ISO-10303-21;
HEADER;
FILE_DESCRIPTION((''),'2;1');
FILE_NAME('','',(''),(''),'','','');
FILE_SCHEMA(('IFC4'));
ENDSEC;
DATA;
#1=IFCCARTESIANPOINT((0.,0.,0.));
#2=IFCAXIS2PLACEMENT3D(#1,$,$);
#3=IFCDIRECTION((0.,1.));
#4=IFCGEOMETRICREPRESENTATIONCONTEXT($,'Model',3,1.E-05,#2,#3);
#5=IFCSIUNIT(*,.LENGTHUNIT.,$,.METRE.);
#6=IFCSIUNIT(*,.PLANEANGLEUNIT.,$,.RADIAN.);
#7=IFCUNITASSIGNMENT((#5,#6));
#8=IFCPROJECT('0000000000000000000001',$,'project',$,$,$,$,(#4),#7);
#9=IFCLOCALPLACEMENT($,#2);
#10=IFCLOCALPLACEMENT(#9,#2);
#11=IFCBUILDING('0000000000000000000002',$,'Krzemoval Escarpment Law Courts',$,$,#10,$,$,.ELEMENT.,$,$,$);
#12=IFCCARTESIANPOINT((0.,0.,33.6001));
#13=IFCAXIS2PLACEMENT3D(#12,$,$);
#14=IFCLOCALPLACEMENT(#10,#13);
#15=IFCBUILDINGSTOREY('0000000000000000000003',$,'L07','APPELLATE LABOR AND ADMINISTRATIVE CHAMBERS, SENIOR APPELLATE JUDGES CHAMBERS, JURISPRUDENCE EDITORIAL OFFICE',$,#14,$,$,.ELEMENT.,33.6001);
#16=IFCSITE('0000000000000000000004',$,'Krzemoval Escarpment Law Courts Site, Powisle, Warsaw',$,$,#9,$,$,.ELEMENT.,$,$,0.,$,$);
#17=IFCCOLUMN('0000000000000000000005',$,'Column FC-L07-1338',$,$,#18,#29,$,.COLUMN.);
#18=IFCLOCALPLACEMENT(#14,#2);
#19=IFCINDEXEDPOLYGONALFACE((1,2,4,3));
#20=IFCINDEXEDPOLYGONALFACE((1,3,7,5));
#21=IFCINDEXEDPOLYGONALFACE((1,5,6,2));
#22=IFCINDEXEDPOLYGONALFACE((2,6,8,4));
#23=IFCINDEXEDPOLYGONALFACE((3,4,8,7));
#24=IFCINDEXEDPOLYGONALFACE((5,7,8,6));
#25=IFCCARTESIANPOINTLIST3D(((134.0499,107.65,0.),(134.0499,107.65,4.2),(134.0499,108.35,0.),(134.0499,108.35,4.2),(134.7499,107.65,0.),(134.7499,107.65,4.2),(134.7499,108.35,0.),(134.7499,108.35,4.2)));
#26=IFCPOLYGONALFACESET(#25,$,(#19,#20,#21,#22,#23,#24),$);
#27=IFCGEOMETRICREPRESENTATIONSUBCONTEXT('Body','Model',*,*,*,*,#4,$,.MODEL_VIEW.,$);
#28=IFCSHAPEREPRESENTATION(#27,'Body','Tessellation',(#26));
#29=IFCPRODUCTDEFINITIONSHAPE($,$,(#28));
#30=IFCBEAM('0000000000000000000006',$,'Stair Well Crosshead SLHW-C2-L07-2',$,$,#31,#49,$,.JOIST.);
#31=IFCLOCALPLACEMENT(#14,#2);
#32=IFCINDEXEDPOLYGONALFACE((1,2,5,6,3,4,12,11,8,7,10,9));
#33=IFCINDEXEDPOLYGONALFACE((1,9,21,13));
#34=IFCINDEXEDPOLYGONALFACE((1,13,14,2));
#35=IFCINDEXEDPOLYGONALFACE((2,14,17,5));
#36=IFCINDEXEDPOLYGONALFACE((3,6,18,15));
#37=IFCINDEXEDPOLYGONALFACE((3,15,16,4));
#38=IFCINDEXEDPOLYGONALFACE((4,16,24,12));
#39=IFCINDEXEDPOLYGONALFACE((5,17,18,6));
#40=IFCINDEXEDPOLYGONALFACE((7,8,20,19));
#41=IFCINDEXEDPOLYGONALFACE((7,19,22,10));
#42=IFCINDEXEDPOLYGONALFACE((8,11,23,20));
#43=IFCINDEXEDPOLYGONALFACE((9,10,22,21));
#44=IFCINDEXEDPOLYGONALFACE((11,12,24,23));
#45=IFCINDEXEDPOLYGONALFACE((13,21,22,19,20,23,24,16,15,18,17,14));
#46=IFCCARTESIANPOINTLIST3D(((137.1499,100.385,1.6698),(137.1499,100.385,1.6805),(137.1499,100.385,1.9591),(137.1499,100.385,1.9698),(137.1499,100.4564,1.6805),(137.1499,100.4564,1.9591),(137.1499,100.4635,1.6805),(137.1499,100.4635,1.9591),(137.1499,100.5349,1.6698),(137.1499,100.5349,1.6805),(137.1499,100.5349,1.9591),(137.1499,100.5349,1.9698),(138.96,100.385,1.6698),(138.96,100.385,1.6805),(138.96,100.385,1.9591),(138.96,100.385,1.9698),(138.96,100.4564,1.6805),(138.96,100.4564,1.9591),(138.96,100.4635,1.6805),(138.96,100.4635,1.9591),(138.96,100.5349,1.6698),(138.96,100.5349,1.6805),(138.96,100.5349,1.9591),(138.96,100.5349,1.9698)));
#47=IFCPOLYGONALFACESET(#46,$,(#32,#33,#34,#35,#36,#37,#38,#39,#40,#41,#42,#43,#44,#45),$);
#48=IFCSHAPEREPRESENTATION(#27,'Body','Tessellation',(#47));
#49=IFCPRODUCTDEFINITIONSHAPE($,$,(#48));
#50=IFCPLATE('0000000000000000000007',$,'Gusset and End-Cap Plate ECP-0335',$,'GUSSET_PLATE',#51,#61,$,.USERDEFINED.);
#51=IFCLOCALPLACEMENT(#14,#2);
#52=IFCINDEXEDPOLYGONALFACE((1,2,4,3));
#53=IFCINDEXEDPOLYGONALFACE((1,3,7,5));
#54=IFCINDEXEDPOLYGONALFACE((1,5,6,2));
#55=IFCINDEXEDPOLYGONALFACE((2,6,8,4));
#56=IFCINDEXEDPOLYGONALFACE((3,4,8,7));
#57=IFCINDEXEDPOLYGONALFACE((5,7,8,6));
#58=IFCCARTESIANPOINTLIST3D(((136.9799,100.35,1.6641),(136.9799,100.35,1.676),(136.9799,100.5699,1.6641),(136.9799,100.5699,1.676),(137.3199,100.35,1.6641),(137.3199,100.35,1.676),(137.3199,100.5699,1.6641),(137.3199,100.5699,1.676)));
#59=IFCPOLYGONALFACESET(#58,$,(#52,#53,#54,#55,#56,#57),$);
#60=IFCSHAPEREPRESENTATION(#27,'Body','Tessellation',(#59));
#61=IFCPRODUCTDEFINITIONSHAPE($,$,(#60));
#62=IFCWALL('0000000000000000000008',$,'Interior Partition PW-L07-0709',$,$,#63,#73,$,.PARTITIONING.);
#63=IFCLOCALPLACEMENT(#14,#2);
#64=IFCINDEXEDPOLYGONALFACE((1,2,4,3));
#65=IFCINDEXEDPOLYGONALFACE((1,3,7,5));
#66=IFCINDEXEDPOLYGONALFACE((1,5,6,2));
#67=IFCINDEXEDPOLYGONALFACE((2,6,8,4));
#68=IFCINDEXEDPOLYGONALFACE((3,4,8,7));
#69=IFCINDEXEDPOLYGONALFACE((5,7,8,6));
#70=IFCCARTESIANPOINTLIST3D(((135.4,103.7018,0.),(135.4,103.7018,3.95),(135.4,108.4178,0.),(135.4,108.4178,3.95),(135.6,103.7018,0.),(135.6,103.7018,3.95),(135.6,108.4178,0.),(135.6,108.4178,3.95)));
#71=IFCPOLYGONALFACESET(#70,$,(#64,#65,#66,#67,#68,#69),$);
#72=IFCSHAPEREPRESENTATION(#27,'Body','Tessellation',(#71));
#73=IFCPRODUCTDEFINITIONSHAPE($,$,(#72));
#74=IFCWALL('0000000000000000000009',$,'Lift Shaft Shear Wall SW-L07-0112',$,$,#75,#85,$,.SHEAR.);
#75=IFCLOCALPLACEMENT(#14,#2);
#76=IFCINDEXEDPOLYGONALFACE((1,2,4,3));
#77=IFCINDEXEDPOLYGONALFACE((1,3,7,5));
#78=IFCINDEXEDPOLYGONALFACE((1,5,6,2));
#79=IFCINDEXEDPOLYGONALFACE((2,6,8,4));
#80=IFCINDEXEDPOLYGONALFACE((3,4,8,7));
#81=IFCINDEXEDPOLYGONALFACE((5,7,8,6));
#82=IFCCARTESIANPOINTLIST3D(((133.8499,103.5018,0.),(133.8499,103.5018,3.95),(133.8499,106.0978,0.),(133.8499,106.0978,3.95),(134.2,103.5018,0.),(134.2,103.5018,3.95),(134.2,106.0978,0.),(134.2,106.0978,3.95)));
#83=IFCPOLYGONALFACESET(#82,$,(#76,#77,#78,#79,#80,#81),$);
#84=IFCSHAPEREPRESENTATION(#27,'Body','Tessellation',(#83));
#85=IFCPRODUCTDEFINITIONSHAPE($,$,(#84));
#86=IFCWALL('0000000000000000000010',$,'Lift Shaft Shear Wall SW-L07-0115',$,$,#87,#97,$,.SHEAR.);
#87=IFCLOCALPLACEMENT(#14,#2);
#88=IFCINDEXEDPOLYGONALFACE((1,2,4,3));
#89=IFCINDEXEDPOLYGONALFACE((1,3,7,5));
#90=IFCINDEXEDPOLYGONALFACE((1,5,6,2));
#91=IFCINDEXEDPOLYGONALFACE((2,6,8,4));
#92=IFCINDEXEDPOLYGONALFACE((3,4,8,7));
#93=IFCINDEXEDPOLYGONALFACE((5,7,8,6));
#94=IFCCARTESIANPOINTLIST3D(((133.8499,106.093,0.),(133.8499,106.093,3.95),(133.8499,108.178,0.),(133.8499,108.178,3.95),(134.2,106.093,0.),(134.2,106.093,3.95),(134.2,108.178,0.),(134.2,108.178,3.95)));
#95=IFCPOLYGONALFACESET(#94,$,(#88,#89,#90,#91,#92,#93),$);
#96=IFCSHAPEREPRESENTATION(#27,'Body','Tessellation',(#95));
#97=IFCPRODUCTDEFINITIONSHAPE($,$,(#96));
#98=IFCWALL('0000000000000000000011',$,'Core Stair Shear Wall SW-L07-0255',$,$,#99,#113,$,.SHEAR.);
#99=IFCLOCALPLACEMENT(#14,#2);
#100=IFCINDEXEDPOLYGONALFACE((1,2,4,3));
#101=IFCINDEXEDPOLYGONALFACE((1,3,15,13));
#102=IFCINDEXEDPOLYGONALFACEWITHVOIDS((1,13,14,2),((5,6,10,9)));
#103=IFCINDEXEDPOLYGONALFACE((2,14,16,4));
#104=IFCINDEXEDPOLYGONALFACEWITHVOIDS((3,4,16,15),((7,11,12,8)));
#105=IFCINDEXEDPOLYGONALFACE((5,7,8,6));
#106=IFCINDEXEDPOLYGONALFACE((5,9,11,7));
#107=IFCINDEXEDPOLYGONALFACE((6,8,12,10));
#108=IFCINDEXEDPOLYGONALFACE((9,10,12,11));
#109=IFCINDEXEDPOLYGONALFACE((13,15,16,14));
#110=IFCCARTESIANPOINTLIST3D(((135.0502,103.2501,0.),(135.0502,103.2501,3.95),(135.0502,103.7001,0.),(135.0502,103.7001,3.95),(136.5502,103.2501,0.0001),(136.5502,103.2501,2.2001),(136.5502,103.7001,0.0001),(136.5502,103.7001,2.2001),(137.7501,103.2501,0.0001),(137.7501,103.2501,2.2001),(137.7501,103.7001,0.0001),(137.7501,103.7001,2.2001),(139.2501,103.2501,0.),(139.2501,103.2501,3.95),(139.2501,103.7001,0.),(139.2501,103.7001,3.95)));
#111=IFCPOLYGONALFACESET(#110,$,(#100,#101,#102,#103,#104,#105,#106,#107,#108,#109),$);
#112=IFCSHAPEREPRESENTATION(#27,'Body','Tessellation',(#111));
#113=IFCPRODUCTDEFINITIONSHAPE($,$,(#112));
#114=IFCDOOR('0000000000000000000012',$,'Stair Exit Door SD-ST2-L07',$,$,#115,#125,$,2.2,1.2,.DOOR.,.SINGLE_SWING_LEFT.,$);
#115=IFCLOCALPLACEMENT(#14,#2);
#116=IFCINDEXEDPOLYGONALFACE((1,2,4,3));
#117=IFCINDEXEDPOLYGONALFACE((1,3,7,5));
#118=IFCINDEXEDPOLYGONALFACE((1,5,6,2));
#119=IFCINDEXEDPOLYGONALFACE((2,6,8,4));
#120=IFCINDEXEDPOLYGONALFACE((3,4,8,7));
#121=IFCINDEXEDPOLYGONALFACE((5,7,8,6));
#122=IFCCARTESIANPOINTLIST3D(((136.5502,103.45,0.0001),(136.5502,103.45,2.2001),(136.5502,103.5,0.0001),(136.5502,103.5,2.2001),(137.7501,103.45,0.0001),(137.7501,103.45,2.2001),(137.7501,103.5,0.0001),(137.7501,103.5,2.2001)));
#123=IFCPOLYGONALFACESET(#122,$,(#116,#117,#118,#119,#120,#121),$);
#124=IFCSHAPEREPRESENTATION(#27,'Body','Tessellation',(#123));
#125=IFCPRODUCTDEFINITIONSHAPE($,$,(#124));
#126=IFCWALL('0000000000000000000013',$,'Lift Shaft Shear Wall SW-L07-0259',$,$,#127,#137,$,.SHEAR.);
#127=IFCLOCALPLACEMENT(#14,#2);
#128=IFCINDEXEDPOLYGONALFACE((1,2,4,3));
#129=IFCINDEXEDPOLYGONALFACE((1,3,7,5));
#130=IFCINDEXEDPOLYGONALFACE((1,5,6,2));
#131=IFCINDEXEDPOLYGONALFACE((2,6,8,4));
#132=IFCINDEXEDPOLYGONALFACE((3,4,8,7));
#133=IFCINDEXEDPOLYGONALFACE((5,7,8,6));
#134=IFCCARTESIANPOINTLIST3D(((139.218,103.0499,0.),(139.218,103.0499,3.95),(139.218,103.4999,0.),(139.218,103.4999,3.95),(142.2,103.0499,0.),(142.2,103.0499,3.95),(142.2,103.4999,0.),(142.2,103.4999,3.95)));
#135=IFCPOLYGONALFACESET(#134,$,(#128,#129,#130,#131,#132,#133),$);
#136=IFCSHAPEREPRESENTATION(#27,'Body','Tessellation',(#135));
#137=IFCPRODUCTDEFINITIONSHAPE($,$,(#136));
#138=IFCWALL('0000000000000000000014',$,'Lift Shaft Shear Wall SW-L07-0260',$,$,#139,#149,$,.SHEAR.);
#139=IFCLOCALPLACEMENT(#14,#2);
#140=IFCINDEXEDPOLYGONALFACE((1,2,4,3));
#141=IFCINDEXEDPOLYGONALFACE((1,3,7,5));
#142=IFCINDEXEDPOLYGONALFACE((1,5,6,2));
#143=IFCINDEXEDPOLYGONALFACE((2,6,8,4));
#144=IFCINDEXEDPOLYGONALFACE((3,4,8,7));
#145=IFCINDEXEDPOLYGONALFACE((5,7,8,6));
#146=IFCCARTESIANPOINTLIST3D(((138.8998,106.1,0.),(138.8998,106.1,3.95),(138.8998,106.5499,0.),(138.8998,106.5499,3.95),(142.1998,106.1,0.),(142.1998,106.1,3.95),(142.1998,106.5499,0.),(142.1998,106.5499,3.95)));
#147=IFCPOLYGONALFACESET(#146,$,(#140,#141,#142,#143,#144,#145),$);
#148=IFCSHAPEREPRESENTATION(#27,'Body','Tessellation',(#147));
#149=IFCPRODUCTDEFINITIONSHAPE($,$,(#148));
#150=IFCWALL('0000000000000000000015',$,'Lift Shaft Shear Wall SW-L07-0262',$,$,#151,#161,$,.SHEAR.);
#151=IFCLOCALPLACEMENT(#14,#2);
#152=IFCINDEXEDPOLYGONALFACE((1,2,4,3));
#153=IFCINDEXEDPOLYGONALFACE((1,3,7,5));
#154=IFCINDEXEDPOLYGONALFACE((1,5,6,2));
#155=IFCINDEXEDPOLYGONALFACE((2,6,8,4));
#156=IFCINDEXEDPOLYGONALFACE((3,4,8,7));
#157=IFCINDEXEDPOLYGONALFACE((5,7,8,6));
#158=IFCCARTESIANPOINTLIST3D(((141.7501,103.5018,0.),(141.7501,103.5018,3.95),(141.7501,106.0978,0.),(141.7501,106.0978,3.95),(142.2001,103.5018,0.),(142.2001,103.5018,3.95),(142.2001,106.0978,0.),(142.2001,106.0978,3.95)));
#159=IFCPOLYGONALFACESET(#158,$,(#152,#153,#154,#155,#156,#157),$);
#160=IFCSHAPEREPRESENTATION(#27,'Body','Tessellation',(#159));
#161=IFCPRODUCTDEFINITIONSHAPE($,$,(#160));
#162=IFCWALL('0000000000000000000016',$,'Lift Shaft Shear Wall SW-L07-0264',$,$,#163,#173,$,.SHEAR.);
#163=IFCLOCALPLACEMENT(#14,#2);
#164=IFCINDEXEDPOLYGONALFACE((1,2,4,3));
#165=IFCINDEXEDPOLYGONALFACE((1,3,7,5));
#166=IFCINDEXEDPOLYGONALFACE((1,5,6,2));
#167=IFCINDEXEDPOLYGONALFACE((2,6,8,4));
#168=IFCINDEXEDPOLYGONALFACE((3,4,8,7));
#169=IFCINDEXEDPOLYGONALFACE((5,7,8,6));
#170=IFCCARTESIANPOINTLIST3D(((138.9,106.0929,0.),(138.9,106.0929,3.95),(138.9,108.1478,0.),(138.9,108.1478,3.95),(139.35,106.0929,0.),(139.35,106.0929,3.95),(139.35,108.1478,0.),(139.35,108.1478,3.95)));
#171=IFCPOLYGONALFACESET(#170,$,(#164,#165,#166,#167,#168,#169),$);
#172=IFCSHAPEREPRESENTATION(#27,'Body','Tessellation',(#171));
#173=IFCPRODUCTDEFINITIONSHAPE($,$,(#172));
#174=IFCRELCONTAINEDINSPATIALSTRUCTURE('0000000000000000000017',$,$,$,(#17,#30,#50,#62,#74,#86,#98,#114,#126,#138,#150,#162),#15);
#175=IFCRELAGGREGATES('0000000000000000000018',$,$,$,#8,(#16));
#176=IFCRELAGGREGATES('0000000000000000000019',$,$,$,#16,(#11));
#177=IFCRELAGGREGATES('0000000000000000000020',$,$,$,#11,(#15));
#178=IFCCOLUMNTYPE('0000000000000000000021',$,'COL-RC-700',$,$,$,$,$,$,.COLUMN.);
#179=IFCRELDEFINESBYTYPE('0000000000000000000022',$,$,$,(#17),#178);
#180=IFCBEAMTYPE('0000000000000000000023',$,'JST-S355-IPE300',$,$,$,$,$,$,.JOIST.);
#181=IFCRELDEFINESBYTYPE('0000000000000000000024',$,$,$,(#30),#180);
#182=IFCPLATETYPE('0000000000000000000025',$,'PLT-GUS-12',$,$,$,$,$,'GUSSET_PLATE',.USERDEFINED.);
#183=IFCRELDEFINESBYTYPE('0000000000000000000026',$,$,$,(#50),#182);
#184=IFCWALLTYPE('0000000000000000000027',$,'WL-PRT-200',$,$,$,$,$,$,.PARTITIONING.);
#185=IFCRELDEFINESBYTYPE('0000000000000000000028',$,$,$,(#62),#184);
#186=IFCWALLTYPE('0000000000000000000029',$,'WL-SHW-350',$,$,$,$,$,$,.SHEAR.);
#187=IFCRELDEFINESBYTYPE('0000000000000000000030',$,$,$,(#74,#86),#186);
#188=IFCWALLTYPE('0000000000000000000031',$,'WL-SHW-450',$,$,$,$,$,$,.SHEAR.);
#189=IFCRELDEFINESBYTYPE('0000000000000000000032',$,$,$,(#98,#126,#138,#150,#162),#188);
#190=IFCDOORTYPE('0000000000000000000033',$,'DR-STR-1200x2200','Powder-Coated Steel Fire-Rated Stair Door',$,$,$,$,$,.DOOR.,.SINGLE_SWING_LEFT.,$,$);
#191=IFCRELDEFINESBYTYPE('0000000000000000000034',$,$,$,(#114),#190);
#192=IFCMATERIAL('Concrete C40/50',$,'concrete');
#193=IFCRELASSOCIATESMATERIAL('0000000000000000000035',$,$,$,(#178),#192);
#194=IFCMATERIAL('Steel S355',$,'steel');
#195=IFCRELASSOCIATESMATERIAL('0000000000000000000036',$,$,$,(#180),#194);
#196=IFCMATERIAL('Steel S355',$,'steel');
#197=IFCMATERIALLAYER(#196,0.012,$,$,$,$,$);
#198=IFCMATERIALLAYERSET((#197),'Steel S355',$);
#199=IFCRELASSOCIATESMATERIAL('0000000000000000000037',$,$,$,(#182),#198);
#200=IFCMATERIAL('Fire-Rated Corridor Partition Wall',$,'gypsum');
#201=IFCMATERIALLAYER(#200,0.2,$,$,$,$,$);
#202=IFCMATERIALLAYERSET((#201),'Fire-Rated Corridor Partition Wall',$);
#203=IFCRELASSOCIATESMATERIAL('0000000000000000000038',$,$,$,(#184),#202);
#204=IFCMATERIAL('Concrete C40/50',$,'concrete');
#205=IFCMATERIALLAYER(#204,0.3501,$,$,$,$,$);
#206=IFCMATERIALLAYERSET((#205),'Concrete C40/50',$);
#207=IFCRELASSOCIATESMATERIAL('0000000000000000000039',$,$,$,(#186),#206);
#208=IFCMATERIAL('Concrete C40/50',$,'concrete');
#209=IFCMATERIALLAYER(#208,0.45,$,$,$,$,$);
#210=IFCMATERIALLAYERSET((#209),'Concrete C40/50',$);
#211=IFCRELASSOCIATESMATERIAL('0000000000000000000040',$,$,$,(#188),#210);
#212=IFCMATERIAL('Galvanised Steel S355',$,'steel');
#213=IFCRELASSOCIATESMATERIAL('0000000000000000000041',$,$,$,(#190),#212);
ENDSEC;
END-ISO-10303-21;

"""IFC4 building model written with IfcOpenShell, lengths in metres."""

from ifc_helpers import new_model, si_unit, direction, frame, frame_2d, origin, origin_2d, place, context, subcontext, project, spatial, rectangle, i_section, extrude, material, layer, layer_set, material_profile, profile_set, type_object, element, fill, save


model = new_model("IFC4")

# Units and contexts
model_context = context("Model", 3, precision=1e-05, world=origin(), true_north=direction((0.0, 1.0)))
body_context = subcontext(model_context, "Body", "Model", "MODEL_VIEW")
ifc_project = project(units=[si_unit("LENGTHUNIT", "METRE"), si_unit("PLANEANGLEUNIT", "RADIAN")], contexts=[model_context])

# Site, building, storey
site_placement = place(None, origin())
site = spatial("IfcSite", under=ifc_project, at=site_placement, Name="Krzemoval Escarpment Law Courts Site, Powisle, Warsaw", CompositionType="ELEMENT", RefElevation=0.0)
building_placement = place(site_placement, origin())
building = spatial("IfcBuilding", under=site, at=building_placement, Name="Krzemoval Escarpment Law Courts", CompositionType="ELEMENT")
storey_placement = place(building_placement, frame((0.0, 0.0, 33.6001)))
storey = spatial("IfcBuildingStorey", under=building, at=storey_placement, Name="L07", Description="APPELLATE LABOR AND ADMINISTRATIVE CHAMBERS, SENIOR APPELLATE JUDGES CHAMBERS, JURISPRUDENCE EDITORIAL OFFICE", CompositionType="ELEMENT", Elevation=33.6001)

# Column
ifc_material_1 = material(Name="Concrete C40/50", Category="concrete")
ifc_material_profile_1 = material_profile(ifc_material_1, rectangle(XDim=0.7, YDim=0.7, at=origin_2d()), Name="RC 700x700")
ifc_profile_set_1 = profile_set([ifc_material_profile_1], Name="Concrete C40/50")
column_type = type_object("IfcColumnType", Name="COL-RC-700", PredefinedType="COLUMN", material=ifc_profile_set_1)
column_placement = place(storey_placement, frame((134.3999, 108.0, 0.0), z_axis=(0.0, 0.0, 1.0), x_axis=(1.0, 0.0, 0.0)))
element("IfcColumn", 1, at=column_placement, inside=storey, type_object=column_type, Name="Column FC-L07-1338", PredefinedType="COLUMN", context=body_context, shape_type="SweptSolid", body=[
    extrude(rectangle(XDim=0.7, YDim=0.7, at=origin_2d()), origin(), (0.0, 0.0, 1.0), 4.2),
])

# Beam
ifc_material_2 = material(Name="Steel S355", Category="steel")
ifc_material_profile_2 = material_profile(ifc_material_2, i_section(OverallWidth=0.1499, OverallDepth=0.3, WebThickness=0.0071, FlangeThickness=0.0107, at=origin_2d()), Name="IPE 300")
ifc_profile_set_2 = profile_set([ifc_material_profile_2], Name="Steel S355")
beam_type = type_object("IfcBeamType", Name="JST-S355-IPE300", PredefinedType="JOIST", material=ifc_profile_set_2)
beam_placement = place(storey_placement, frame((137.1499, 100.46, 1.8198), z_axis=(1.0, 0.0, 0.0), x_axis=(0.0, 1.0, 0.0)))
element("IfcBeam", 2, at=beam_placement, inside=storey, type_object=beam_type, Name="Stair Well Crosshead SLHW-C2-L07-2", PredefinedType="JOIST", context=body_context, shape_type="SweptSolid", body=[
    extrude(i_section(OverallWidth=0.1499, OverallDepth=0.3, WebThickness=0.0071, FlangeThickness=0.0107, at=origin_2d()), origin(), (0.0, 0.0, 1.0), 1.8101),
])

# Plate
ifc_material_3 = material(Name="Steel S355", Category="steel")
ifc_layer_1 = layer(ifc_material_3, 0.012)
ifc_layer_set_1 = layer_set([ifc_layer_1], Name="Steel S355")
plate_type = type_object("IfcPlateType", Name="PLT-GUS-12", ElementType="GUSSET_PLATE", PredefinedType="USERDEFINED", material=ifc_layer_set_1)
plate_placement = place(storey_placement, frame((137.1499, 100.46, 1.6641), z_axis=(0.0, 0.0, 1.0), x_axis=(1.0, 0.0, 0.0)))
element("IfcPlate", 3, at=plate_placement, inside=storey, type_object=plate_type, Name="Gusset and End-Cap Plate ECP-0335", ObjectType="GUSSET_PLATE", PredefinedType="USERDEFINED", context=body_context, shape_type="SweptSolid", body=[
    extrude(rectangle(XDim=0.3401, YDim=0.22, at=origin_2d()), origin(), (0.0, 0.0, 1.0), 0.012),
])

# Walls
ifc_material_4 = material(Name="Fire-Rated Corridor Partition Wall", Category="gypsum")
ifc_layer_2 = layer(ifc_material_4, 0.2)
ifc_layer_set_2 = layer_set([ifc_layer_2], Name="Fire-Rated Corridor Partition Wall")
wall_type_1 = type_object("IfcWallType", Name="WL-PRT-200", PredefinedType="PARTITIONING", material=ifc_layer_set_2)
wall_1_placement = place(storey_placement, frame((135.5, 103.7019, 0.0), z_axis=(0.0, 0.0, 1.0), x_axis=(0.0, 1.0, 0.0)))
element("IfcWall", 4, at=wall_1_placement, inside=storey, type_object=wall_type_1, Name="Interior Partition PW-L07-0709", PredefinedType="PARTITIONING", context=body_context, shape_type="SweptSolid", body=[
    extrude(rectangle(XDim=4.7161, YDim=0.2, at=frame_2d((2.3579, 0.0))), origin(), (0.0, 0.0, 1.0), 3.95),
])
ifc_material_5 = material(Name="Concrete C40/50", Category="concrete")
ifc_layer_3 = layer(ifc_material_5, 0.3501)
ifc_layer_set_3 = layer_set([ifc_layer_3], Name="Concrete C40/50")
wall_type_2 = type_object("IfcWallType", Name="WL-SHW-350", PredefinedType="SHEAR", material=ifc_layer_set_3)
wall_2_placement = place(storey_placement, frame((134.0249, 103.502, 0.0), z_axis=(0.0, 0.0, 1.0), x_axis=(0.0, 1.0, 0.0)))
element("IfcWall", 5, at=wall_2_placement, inside=storey, type_object=wall_type_2, Name="Lift Shaft Shear Wall SW-L07-0112", PredefinedType="SHEAR", context=body_context, shape_type="SweptSolid", body=[
    extrude(rectangle(XDim=2.5959, YDim=0.3501, at=frame_2d((1.2979, 0.0))), origin(), (0.0, 0.0, 1.0), 3.95),
])
wall_3_placement = place(storey_placement, frame((134.0249, 106.093, 0.0), z_axis=(0.0, 0.0, 1.0), x_axis=(0.0, 1.0, 0.0)))
element("IfcWall", 6, at=wall_3_placement, inside=storey, type_object=wall_type_2, Name="Lift Shaft Shear Wall SW-L07-0115", PredefinedType="SHEAR", context=body_context, shape_type="SweptSolid", body=[
    extrude(rectangle(XDim=2.085, YDim=0.3501, at=frame_2d((1.0425, 0.0))), origin(), (0.0, 0.0, 1.0), 3.95),
])

# Wall, opening, door
ifc_material_6 = material(Name="Concrete C40/50", Category="concrete")
ifc_layer_4 = layer(ifc_material_6, 0.45)
ifc_layer_set_4 = layer_set([ifc_layer_4], Name="Concrete C40/50")
wall_type_3 = type_object("IfcWallType", Name="WL-SHW-450", PredefinedType="SHEAR", material=ifc_layer_set_4)
wall_4_placement = place(storey_placement, frame((135.05, 103.4751, 0.0), z_axis=(0.0, 0.0, 1.0), x_axis=(1.0, 0.0, 0.0)))
wall_4 = element("IfcWall", 7, at=wall_4_placement, inside=storey, type_object=wall_type_3, Name="Core Stair Shear Wall SW-L07-0255", PredefinedType="SHEAR", context=body_context, shape_type="SweptSolid", body=[
    extrude(rectangle(XDim=4.2, YDim=0.45, at=frame_2d((2.1001, 0.0))), origin(), (0.0, 0.0, 1.0), 3.95),
])
opening_1_placement = place(wall_4_placement, frame((1.5, 0.0, 0.0)))
opening_1 = element("IfcOpeningElement", 8, at=opening_1_placement, cuts=wall_4, PredefinedType="OPENING", context=body_context, shape_type="SweptSolid", body=[
    extrude(rectangle(XDim=1.2, YDim=2.2, at=frame_2d((0.6001, 1.1001))), frame((0.0, 0.24, 0.0), z_axis=(0.0, -1.0, 0.0), x_axis=(1.0, 0.0, 0.0)), (0.0, 0.0, 1.0), 0.4799),
])
ifc_material_7 = material(Name="Galvanised Steel S355", Category="steel")
door_type_1 = type_object("IfcDoorType", Name="DR-STR-1200x2200", Description="Powder-Coated Steel Fire-Rated Stair Door", OperationType="SINGLE_SWING_LEFT", PredefinedType="DOOR", material=ifc_material_7)
door_1_placement = place(opening_1_placement, origin())
door_1 = element("IfcDoor", 9, at=door_1_placement, inside=storey, type_object=door_type_1, Name="Stair Exit Door SD-ST2-L07", OperationType="SINGLE_SWING_LEFT", OverallHeight=2.2, OverallWidth=1.2, PredefinedType="DOOR", context=body_context, shape_type="SweptSolid", body=[
    extrude(rectangle(XDim=1.2, YDim=2.2, at=frame_2d((0.6001, 1.1001))), frame((0.0, 0.0249, 0.0), z_axis=(0.0, -1.0, 0.0), x_axis=(1.0, 0.0, 0.0)), (0.0, 0.0, 1.0), 0.05),
])
fill(opening_1, door_1)

# Walls
wall_5_placement = place(storey_placement, frame((139.218, 103.2749, 0.0), z_axis=(0.0, 0.0, 1.0), x_axis=(1.0, 0.0, 0.0)))
element("IfcWall", 10, at=wall_5_placement, inside=storey, type_object=wall_type_3, Name="Lift Shaft Shear Wall SW-L07-0259", PredefinedType="SHEAR", context=body_context, shape_type="SweptSolid", body=[
    extrude(rectangle(XDim=2.9819, YDim=0.45, at=frame_2d((1.491, 0.0))), origin(), (0.0, 0.0, 1.0), 3.95),
])
wall_6_placement = place(storey_placement, frame((138.8999, 106.325, 0.0), z_axis=(0.0, 0.0, 1.0), x_axis=(1.0, 0.0, 0.0)))
element("IfcWall", 11, at=wall_6_placement, inside=storey, type_object=wall_type_3, Name="Lift Shaft Shear Wall SW-L07-0260", PredefinedType="SHEAR", context=body_context, shape_type="SweptSolid", body=[
    extrude(rectangle(XDim=3.3, YDim=0.45, at=frame_2d((1.6499, 0.0))), origin(), (0.0, 0.0, 1.0), 3.95),
])

# Walls
wall_7_placement = place(storey_placement, frame((141.9751, 103.502, 0.0), z_axis=(0.0, 0.0, 1.0), x_axis=(0.0, 1.0, 0.0)))
element("IfcWall", 12, at=wall_7_placement, inside=storey, type_object=wall_type_3, Name="Lift Shaft Shear Wall SW-L07-0262", PredefinedType="SHEAR", context=body_context, shape_type="SweptSolid", body=[
    extrude(rectangle(XDim=2.5959, YDim=0.45, at=frame_2d((1.2979, 0.0))), origin(), (0.0, 0.0, 1.0), 3.95),
])
wall_8_placement = place(storey_placement, frame((139.125, 106.093, 0.0), z_axis=(0.0, 0.0, 1.0), x_axis=(0.0, 1.0, 0.0)))
element("IfcWall", 13, at=wall_8_placement, inside=storey, type_object=wall_type_3, Name="Lift Shaft Shear Wall SW-L07-0264", PredefinedType="SHEAR", context=body_context, shape_type="SweptSolid", body=[
    extrude(rectangle(XDim=2.0549, YDim=0.45, at=frame_2d((1.0273, 0.0))), origin(), (0.0, 0.0, 1.0), 3.95),
])

save(model, "model.ifc")
